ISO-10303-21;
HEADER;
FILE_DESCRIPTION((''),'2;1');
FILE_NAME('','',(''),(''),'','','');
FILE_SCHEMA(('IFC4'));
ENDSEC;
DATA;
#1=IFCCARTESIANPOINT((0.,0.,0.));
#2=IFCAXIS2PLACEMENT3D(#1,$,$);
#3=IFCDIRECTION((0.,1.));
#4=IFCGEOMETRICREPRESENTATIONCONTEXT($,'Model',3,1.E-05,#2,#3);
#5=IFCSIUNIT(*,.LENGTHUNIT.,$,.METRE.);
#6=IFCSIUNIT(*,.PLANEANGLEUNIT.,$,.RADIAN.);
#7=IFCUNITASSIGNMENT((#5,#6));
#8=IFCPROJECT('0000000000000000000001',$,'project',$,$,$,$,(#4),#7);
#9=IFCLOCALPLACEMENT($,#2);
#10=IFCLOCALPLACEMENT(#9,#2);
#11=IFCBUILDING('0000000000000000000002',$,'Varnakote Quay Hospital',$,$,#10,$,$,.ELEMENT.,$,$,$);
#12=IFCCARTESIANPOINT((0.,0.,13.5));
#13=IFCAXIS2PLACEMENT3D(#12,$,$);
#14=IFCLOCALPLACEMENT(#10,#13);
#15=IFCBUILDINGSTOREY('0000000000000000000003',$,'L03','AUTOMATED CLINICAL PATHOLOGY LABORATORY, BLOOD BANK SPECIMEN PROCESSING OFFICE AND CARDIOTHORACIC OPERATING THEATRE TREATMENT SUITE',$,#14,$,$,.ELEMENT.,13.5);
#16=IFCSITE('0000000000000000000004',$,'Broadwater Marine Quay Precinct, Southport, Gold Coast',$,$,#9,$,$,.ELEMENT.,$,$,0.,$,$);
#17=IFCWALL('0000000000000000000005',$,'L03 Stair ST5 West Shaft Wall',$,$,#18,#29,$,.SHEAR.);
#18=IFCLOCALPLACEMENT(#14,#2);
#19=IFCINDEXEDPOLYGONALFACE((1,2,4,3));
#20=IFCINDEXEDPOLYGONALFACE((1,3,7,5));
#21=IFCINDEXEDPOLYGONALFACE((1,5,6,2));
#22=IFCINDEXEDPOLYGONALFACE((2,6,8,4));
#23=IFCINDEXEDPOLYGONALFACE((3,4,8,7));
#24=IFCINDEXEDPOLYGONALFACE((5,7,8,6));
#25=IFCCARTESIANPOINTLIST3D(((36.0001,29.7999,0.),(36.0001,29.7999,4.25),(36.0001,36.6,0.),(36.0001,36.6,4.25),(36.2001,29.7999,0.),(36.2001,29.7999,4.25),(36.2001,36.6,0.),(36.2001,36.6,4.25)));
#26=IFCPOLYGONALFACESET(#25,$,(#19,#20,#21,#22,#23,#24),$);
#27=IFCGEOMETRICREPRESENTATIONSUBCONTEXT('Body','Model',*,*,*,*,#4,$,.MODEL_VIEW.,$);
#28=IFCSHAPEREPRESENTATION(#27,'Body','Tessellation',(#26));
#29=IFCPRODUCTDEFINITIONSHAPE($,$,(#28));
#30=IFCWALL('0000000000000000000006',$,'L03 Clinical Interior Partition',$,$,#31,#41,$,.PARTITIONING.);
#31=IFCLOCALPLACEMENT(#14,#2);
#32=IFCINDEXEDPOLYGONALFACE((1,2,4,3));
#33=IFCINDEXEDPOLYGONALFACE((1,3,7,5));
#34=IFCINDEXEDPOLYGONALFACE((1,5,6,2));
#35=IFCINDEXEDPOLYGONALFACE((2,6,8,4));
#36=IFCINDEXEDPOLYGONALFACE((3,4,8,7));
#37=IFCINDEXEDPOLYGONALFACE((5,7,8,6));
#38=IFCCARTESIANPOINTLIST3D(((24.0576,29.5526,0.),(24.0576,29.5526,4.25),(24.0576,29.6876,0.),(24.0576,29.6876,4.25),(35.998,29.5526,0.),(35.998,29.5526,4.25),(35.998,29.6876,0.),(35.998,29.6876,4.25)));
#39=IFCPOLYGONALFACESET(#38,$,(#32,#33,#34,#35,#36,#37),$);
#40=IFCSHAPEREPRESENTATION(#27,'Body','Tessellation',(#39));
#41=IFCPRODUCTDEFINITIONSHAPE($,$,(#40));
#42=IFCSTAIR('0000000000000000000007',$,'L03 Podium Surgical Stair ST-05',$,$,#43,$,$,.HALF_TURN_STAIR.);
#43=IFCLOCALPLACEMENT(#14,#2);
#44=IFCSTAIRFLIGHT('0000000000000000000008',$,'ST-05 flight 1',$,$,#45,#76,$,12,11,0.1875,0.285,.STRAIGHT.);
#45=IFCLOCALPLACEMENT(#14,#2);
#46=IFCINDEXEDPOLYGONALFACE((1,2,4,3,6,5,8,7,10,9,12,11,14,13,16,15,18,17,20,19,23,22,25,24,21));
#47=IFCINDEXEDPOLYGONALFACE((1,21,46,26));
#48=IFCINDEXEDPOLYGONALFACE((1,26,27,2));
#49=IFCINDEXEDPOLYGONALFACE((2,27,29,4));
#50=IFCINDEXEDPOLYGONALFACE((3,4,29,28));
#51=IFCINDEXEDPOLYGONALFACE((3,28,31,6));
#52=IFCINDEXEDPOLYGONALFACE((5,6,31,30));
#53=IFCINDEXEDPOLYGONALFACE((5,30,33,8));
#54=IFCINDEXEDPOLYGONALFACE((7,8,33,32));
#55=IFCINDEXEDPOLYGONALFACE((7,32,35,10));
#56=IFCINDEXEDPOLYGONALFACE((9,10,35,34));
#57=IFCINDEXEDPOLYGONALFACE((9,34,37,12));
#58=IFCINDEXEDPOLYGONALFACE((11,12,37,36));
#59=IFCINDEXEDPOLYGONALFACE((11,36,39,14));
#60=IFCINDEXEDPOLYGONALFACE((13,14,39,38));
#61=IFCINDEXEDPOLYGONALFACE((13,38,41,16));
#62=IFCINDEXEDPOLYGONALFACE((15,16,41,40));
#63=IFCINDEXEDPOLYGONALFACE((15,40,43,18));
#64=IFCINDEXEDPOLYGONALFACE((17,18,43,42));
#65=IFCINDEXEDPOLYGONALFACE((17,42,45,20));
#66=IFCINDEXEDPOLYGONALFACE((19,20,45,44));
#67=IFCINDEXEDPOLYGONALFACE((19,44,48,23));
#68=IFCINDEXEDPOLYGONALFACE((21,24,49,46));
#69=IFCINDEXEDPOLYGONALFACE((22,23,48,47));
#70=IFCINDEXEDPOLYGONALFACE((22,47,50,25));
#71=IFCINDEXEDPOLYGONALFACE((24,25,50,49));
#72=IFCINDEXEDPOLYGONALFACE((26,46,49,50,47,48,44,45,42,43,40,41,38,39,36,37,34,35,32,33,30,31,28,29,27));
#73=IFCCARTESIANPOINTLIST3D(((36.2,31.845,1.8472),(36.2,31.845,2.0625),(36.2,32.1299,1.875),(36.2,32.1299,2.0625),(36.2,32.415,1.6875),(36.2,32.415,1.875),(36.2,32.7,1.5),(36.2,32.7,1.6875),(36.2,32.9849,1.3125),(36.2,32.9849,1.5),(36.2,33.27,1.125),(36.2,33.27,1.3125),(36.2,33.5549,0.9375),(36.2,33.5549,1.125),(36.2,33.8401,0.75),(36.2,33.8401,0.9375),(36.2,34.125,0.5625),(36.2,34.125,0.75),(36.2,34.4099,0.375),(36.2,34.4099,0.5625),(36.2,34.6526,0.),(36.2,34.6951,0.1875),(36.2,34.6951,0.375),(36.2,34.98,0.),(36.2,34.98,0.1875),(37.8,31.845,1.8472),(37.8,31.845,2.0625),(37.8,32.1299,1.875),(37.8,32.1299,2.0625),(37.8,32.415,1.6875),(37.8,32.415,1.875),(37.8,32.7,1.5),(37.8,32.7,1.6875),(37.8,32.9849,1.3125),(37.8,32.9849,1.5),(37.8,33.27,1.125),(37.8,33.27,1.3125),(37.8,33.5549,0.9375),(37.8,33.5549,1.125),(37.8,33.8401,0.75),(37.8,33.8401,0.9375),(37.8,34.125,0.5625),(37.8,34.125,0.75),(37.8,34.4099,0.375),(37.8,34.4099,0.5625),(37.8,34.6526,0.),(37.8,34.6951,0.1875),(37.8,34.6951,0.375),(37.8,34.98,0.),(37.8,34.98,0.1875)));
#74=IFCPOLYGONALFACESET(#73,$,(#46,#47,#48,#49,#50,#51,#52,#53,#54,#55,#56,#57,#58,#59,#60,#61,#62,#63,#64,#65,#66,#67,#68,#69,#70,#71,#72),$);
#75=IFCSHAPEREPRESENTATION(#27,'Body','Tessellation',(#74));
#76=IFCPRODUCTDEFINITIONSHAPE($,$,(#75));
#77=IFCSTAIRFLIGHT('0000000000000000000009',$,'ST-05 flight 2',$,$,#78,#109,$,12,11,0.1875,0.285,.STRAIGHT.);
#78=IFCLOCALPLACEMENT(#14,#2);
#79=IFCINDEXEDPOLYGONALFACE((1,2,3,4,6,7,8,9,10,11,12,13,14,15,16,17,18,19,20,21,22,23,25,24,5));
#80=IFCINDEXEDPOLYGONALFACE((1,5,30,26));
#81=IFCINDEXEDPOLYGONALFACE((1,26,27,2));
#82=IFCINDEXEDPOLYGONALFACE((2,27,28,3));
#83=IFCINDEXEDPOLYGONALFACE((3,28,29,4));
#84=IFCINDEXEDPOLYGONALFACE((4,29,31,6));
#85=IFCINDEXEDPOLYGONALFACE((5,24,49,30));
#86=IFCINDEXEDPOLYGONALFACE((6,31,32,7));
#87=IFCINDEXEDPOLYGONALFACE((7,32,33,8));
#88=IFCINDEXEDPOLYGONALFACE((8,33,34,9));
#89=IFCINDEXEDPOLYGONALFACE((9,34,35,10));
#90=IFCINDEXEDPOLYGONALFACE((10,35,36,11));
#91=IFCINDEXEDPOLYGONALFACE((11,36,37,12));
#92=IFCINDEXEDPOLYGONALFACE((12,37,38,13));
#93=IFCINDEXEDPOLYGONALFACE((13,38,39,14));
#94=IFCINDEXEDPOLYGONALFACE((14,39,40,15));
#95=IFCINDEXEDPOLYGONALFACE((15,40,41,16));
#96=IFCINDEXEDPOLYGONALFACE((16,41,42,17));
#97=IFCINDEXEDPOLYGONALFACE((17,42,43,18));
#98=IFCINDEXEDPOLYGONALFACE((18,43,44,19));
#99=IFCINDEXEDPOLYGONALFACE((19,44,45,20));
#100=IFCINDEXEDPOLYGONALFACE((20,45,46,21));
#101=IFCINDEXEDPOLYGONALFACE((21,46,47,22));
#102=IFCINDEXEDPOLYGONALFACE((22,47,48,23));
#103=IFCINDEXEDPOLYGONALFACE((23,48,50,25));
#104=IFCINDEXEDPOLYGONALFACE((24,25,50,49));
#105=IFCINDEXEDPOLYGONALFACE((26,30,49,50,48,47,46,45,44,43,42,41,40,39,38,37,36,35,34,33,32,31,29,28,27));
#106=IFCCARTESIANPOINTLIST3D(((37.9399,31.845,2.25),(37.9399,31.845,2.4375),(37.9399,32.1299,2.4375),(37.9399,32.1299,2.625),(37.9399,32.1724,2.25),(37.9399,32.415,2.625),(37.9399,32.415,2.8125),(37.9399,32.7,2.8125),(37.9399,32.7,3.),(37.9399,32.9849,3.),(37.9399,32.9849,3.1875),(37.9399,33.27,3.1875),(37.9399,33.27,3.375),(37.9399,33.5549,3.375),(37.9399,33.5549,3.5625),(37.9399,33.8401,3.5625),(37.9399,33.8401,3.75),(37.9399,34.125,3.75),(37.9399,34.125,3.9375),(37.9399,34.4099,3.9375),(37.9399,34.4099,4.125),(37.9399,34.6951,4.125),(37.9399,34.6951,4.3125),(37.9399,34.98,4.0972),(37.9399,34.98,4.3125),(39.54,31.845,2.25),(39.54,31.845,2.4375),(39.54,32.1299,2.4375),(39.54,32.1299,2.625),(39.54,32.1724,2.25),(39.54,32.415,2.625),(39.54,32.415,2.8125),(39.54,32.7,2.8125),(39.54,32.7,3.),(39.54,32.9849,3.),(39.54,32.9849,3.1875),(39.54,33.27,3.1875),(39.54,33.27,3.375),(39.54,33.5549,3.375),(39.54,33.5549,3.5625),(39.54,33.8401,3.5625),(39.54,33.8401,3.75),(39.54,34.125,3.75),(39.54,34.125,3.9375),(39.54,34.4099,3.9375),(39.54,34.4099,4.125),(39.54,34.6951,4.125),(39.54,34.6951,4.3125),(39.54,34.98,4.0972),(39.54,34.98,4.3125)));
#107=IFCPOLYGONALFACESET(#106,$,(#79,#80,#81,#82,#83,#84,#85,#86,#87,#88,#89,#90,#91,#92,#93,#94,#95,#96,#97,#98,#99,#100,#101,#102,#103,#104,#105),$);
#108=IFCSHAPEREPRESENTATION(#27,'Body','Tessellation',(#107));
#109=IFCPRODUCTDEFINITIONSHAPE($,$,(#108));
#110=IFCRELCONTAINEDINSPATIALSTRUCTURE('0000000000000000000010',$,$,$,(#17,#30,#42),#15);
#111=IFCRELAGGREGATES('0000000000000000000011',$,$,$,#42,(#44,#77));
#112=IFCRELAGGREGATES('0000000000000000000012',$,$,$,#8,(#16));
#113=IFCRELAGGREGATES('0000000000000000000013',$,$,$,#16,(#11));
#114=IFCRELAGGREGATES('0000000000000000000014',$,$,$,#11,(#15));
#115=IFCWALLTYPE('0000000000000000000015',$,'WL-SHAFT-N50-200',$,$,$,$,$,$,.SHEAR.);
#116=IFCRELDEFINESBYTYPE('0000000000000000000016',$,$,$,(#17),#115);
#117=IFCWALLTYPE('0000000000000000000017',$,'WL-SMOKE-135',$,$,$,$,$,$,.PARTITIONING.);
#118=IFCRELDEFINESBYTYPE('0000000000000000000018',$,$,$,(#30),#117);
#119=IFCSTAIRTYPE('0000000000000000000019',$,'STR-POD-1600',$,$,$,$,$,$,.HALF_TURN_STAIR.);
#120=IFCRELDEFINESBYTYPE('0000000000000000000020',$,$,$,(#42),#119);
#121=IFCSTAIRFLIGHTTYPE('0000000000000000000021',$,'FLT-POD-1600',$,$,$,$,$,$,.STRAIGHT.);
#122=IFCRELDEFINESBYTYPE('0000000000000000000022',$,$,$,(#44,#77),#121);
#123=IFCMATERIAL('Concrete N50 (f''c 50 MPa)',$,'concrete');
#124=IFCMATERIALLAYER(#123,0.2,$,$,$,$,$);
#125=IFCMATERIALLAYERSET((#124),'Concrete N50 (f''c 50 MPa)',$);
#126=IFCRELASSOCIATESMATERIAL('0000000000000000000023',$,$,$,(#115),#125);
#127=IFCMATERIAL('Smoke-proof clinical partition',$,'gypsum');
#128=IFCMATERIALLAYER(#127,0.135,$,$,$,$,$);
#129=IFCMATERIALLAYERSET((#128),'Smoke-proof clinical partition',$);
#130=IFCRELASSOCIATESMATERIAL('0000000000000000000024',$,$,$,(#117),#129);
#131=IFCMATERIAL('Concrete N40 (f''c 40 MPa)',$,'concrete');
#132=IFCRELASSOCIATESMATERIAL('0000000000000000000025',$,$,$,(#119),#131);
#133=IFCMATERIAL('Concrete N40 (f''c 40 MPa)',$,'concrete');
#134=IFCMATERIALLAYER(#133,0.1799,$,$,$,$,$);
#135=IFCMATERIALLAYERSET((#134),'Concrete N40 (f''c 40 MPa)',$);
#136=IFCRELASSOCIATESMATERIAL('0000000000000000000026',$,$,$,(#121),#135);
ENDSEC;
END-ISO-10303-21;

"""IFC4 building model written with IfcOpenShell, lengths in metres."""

from ifc_helpers import new_model, si_unit, direction, frame, frame_2d, origin, place, context, subcontext, project, spatial, polyline, rectangle, outline, extrude, material, layer, layer_set, type_object, element, aggregate, save


model = new_model("IFC4")

# Units and contexts
model_context = context("Model", 3, precision=1e-05, world=origin(), true_north=direction((0.0, 1.0)))
body_context = subcontext(model_context, "Body", "Model", "MODEL_VIEW")
ifc_project = project(units=[si_unit("LENGTHUNIT", "METRE"), si_unit("PLANEANGLEUNIT", "RADIAN")], contexts=[model_context])

# Site, building, storey
site_placement = place(None, origin())
site = spatial("IfcSite", under=ifc_project, at=site_placement, Name="Broadwater Marine Quay Precinct, Southport, Gold Coast", CompositionType="ELEMENT", RefElevation=0.0)
building_placement = place(site_placement, origin())
building = spatial("IfcBuilding", under=site, at=building_placement, Name="Varnakote Quay Hospital", CompositionType="ELEMENT")
storey_placement = place(building_placement, frame((0.0, 0.0, 13.5)))
storey = spatial("IfcBuildingStorey", under=building, at=storey_placement, Name="L03", Description="AUTOMATED CLINICAL PATHOLOGY LABORATORY, BLOOD BANK SPECIMEN PROCESSING OFFICE AND CARDIOTHORACIC OPERATING THEATRE TREATMENT SUITE", CompositionType="ELEMENT", Elevation=13.5)

# Wall
ifc_material_1 = material(Name="Concrete N50 (f'c 50 MPa)", Category="concrete")
ifc_layer_1 = layer(ifc_material_1, 0.2)
ifc_layer_set_1 = layer_set([ifc_layer_1], Name="Concrete N50 (f'c 50 MPa)")
wall_type_1 = type_object("IfcWallType", Name="WL-SHAFT-N50-200", PredefinedType="SHEAR", material=ifc_layer_set_1)
wall_1_placement = place(storey_placement, frame((36.1001, 29.8, 0.0), z_axis=(0.0, 0.0, 1.0), x_axis=(0.0, 1.0, 0.0)))
element("IfcWall", 1, at=wall_1_placement, inside=storey, type_object=wall_type_1, Name="L03 Stair ST5 West Shaft Wall", PredefinedType="SHEAR", context=body_context, shape_type="SweptSolid", body=[
    extrude(rectangle(XDim=6.8, YDim=0.2, at=frame_2d((3.3999, 0.0))), origin(), (0.0, 0.0, 1.0), 4.25),
])

# Wall
ifc_material_2 = material(Name="Smoke-proof clinical partition", Category="gypsum")
ifc_layer_2 = layer(ifc_material_2, 0.135)
ifc_layer_set_2 = layer_set([ifc_layer_2], Name="Smoke-proof clinical partition")
wall_type_2 = type_object("IfcWallType", Name="WL-SMOKE-135", PredefinedType="PARTITIONING", material=ifc_layer_set_2)
wall_2_placement = place(storey_placement, frame((35.998, 29.6201, 0.0), z_axis=(0.0, 0.0, 1.0), x_axis=(-1.0, 0.0, 0.0)))
element("IfcWall", 2, at=wall_2_placement, inside=storey, type_object=wall_type_2, Name="L03 Clinical Interior Partition", PredefinedType="PARTITIONING", context=body_context, shape_type="SweptSolid", body=[
    extrude(rectangle(XDim=11.9404, YDim=0.135, at=frame_2d((5.9702, 0.0))), origin(), (0.0, 0.0, 1.0), 4.25),
])

# Stair, stair flights
ifc_material_3 = material(Name="Concrete N40 (f'c 40 MPa)", Category="concrete")
stair_type = type_object("IfcStairType", Name="STR-POD-1600", PredefinedType="HALF_TURN_STAIR", material=ifc_material_3)
stair_placement = place(storey_placement, origin())
stair = element("IfcStair", 3, at=stair_placement, inside=storey, type_object=stair_type, Name="L03 Podium Surgical Stair ST-05", PredefinedType="HALF_TURN_STAIR")
ifc_material_4 = material(Name="Concrete N40 (f'c 40 MPa)", Category="concrete")
ifc_layer_3 = layer(ifc_material_4, 0.1799)
ifc_layer_set_3 = layer_set([ifc_layer_3], Name="Concrete N40 (f'c 40 MPa)")
stair_flight_type = type_object("IfcStairFlightType", Name="FLT-POD-1600", PredefinedType="STRAIGHT", material=ifc_layer_set_3)
stair_flight_1_placement = place(storey_placement, frame((37.0, 34.98, 0.0), z_axis=(0.0, 0.0, 1.0), x_axis=(0.0, -1.0, 0.0)))
stair_flight_1 = element("IfcStairFlight", 4, at=stair_flight_1_placement, type_object=stair_flight_type, Name="ST-05 flight 1", NumberOfRisers=12, NumberOfTreads=11, PredefinedType="STRAIGHT", RiserHeight=0.1875, TreadLength=0.285, context=body_context, shape_type="SweptSolid", body=[
    extrude(outline(polyline([(0.0, 0.0), (0.0, 0.1875), (0.2849, 0.1875), (0.2849, 0.375), (0.5701, 0.375), (0.5701, 0.5625), (0.855, 0.5625), (0.855, 0.75), (1.1399, 0.75), (1.1399, 0.9375), (1.425, 0.9375), (1.425, 1.125), (1.71, 1.125), (1.71, 1.3125), (1.9951, 1.3125), (1.9951, 1.5), (2.28, 1.5), (2.28, 1.6875), (2.5649, 1.6875), (2.5649, 1.875), (2.8501, 1.875), (2.8501, 2.0625), (3.135, 2.0625), (3.135, 2.25), (3.135, 1.8472), (0.3274, 0.0), (0.0, 0.0)])), frame((0.0, 0.8, 0.0), z_axis=(0.0, -1.0, 0.0), x_axis=(1.0, 0.0, 0.0)), (0.0, 0.0, 1.0), 1.6001),
])
stair_flight_2_placement = place(storey_placement, frame((38.74, 31.845, 2.25), z_axis=(0.0, 0.0, 1.0), x_axis=(0.0, 1.0, 0.0)))
stair_flight_2 = element("IfcStairFlight", 5, at=stair_flight_2_placement, type_object=stair_flight_type, Name="ST-05 flight 2", NumberOfRisers=12, NumberOfTreads=11, PredefinedType="STRAIGHT", RiserHeight=0.1875, TreadLength=0.285, context=body_context, shape_type="SweptSolid", body=[
    extrude(outline(polyline([(0.0, 0.0), (0.0, 0.1875), (0.2849, 0.1875), (0.2849, 0.375), (0.5701, 0.375), (0.5701, 0.5625), (0.855, 0.5625), (0.855, 0.75), (1.1399, 0.75), (1.1399, 0.9375), (1.425, 0.9375), (1.425, 1.125), (1.71, 1.125), (1.71, 1.3125), (1.9951, 1.3125), (1.9951, 1.5), (2.28, 1.5), (2.28, 1.6875), (2.5649, 1.6875), (2.5649, 1.875), (2.8501, 1.875), (2.8501, 2.0625), (3.135, 2.0625), (3.135, 2.25), (3.135, 1.8472), (0.3274, 0.0), (0.0, 0.0)])), frame((0.0, 0.8, 0.0), z_axis=(0.0, -1.0, 0.0), x_axis=(1.0, 0.0, 0.0)), (0.0, 0.0, 1.0), 1.6001),
])
aggregate(stair, [stair_flight_1, stair_flight_2])

save(model, "model.ifc")
